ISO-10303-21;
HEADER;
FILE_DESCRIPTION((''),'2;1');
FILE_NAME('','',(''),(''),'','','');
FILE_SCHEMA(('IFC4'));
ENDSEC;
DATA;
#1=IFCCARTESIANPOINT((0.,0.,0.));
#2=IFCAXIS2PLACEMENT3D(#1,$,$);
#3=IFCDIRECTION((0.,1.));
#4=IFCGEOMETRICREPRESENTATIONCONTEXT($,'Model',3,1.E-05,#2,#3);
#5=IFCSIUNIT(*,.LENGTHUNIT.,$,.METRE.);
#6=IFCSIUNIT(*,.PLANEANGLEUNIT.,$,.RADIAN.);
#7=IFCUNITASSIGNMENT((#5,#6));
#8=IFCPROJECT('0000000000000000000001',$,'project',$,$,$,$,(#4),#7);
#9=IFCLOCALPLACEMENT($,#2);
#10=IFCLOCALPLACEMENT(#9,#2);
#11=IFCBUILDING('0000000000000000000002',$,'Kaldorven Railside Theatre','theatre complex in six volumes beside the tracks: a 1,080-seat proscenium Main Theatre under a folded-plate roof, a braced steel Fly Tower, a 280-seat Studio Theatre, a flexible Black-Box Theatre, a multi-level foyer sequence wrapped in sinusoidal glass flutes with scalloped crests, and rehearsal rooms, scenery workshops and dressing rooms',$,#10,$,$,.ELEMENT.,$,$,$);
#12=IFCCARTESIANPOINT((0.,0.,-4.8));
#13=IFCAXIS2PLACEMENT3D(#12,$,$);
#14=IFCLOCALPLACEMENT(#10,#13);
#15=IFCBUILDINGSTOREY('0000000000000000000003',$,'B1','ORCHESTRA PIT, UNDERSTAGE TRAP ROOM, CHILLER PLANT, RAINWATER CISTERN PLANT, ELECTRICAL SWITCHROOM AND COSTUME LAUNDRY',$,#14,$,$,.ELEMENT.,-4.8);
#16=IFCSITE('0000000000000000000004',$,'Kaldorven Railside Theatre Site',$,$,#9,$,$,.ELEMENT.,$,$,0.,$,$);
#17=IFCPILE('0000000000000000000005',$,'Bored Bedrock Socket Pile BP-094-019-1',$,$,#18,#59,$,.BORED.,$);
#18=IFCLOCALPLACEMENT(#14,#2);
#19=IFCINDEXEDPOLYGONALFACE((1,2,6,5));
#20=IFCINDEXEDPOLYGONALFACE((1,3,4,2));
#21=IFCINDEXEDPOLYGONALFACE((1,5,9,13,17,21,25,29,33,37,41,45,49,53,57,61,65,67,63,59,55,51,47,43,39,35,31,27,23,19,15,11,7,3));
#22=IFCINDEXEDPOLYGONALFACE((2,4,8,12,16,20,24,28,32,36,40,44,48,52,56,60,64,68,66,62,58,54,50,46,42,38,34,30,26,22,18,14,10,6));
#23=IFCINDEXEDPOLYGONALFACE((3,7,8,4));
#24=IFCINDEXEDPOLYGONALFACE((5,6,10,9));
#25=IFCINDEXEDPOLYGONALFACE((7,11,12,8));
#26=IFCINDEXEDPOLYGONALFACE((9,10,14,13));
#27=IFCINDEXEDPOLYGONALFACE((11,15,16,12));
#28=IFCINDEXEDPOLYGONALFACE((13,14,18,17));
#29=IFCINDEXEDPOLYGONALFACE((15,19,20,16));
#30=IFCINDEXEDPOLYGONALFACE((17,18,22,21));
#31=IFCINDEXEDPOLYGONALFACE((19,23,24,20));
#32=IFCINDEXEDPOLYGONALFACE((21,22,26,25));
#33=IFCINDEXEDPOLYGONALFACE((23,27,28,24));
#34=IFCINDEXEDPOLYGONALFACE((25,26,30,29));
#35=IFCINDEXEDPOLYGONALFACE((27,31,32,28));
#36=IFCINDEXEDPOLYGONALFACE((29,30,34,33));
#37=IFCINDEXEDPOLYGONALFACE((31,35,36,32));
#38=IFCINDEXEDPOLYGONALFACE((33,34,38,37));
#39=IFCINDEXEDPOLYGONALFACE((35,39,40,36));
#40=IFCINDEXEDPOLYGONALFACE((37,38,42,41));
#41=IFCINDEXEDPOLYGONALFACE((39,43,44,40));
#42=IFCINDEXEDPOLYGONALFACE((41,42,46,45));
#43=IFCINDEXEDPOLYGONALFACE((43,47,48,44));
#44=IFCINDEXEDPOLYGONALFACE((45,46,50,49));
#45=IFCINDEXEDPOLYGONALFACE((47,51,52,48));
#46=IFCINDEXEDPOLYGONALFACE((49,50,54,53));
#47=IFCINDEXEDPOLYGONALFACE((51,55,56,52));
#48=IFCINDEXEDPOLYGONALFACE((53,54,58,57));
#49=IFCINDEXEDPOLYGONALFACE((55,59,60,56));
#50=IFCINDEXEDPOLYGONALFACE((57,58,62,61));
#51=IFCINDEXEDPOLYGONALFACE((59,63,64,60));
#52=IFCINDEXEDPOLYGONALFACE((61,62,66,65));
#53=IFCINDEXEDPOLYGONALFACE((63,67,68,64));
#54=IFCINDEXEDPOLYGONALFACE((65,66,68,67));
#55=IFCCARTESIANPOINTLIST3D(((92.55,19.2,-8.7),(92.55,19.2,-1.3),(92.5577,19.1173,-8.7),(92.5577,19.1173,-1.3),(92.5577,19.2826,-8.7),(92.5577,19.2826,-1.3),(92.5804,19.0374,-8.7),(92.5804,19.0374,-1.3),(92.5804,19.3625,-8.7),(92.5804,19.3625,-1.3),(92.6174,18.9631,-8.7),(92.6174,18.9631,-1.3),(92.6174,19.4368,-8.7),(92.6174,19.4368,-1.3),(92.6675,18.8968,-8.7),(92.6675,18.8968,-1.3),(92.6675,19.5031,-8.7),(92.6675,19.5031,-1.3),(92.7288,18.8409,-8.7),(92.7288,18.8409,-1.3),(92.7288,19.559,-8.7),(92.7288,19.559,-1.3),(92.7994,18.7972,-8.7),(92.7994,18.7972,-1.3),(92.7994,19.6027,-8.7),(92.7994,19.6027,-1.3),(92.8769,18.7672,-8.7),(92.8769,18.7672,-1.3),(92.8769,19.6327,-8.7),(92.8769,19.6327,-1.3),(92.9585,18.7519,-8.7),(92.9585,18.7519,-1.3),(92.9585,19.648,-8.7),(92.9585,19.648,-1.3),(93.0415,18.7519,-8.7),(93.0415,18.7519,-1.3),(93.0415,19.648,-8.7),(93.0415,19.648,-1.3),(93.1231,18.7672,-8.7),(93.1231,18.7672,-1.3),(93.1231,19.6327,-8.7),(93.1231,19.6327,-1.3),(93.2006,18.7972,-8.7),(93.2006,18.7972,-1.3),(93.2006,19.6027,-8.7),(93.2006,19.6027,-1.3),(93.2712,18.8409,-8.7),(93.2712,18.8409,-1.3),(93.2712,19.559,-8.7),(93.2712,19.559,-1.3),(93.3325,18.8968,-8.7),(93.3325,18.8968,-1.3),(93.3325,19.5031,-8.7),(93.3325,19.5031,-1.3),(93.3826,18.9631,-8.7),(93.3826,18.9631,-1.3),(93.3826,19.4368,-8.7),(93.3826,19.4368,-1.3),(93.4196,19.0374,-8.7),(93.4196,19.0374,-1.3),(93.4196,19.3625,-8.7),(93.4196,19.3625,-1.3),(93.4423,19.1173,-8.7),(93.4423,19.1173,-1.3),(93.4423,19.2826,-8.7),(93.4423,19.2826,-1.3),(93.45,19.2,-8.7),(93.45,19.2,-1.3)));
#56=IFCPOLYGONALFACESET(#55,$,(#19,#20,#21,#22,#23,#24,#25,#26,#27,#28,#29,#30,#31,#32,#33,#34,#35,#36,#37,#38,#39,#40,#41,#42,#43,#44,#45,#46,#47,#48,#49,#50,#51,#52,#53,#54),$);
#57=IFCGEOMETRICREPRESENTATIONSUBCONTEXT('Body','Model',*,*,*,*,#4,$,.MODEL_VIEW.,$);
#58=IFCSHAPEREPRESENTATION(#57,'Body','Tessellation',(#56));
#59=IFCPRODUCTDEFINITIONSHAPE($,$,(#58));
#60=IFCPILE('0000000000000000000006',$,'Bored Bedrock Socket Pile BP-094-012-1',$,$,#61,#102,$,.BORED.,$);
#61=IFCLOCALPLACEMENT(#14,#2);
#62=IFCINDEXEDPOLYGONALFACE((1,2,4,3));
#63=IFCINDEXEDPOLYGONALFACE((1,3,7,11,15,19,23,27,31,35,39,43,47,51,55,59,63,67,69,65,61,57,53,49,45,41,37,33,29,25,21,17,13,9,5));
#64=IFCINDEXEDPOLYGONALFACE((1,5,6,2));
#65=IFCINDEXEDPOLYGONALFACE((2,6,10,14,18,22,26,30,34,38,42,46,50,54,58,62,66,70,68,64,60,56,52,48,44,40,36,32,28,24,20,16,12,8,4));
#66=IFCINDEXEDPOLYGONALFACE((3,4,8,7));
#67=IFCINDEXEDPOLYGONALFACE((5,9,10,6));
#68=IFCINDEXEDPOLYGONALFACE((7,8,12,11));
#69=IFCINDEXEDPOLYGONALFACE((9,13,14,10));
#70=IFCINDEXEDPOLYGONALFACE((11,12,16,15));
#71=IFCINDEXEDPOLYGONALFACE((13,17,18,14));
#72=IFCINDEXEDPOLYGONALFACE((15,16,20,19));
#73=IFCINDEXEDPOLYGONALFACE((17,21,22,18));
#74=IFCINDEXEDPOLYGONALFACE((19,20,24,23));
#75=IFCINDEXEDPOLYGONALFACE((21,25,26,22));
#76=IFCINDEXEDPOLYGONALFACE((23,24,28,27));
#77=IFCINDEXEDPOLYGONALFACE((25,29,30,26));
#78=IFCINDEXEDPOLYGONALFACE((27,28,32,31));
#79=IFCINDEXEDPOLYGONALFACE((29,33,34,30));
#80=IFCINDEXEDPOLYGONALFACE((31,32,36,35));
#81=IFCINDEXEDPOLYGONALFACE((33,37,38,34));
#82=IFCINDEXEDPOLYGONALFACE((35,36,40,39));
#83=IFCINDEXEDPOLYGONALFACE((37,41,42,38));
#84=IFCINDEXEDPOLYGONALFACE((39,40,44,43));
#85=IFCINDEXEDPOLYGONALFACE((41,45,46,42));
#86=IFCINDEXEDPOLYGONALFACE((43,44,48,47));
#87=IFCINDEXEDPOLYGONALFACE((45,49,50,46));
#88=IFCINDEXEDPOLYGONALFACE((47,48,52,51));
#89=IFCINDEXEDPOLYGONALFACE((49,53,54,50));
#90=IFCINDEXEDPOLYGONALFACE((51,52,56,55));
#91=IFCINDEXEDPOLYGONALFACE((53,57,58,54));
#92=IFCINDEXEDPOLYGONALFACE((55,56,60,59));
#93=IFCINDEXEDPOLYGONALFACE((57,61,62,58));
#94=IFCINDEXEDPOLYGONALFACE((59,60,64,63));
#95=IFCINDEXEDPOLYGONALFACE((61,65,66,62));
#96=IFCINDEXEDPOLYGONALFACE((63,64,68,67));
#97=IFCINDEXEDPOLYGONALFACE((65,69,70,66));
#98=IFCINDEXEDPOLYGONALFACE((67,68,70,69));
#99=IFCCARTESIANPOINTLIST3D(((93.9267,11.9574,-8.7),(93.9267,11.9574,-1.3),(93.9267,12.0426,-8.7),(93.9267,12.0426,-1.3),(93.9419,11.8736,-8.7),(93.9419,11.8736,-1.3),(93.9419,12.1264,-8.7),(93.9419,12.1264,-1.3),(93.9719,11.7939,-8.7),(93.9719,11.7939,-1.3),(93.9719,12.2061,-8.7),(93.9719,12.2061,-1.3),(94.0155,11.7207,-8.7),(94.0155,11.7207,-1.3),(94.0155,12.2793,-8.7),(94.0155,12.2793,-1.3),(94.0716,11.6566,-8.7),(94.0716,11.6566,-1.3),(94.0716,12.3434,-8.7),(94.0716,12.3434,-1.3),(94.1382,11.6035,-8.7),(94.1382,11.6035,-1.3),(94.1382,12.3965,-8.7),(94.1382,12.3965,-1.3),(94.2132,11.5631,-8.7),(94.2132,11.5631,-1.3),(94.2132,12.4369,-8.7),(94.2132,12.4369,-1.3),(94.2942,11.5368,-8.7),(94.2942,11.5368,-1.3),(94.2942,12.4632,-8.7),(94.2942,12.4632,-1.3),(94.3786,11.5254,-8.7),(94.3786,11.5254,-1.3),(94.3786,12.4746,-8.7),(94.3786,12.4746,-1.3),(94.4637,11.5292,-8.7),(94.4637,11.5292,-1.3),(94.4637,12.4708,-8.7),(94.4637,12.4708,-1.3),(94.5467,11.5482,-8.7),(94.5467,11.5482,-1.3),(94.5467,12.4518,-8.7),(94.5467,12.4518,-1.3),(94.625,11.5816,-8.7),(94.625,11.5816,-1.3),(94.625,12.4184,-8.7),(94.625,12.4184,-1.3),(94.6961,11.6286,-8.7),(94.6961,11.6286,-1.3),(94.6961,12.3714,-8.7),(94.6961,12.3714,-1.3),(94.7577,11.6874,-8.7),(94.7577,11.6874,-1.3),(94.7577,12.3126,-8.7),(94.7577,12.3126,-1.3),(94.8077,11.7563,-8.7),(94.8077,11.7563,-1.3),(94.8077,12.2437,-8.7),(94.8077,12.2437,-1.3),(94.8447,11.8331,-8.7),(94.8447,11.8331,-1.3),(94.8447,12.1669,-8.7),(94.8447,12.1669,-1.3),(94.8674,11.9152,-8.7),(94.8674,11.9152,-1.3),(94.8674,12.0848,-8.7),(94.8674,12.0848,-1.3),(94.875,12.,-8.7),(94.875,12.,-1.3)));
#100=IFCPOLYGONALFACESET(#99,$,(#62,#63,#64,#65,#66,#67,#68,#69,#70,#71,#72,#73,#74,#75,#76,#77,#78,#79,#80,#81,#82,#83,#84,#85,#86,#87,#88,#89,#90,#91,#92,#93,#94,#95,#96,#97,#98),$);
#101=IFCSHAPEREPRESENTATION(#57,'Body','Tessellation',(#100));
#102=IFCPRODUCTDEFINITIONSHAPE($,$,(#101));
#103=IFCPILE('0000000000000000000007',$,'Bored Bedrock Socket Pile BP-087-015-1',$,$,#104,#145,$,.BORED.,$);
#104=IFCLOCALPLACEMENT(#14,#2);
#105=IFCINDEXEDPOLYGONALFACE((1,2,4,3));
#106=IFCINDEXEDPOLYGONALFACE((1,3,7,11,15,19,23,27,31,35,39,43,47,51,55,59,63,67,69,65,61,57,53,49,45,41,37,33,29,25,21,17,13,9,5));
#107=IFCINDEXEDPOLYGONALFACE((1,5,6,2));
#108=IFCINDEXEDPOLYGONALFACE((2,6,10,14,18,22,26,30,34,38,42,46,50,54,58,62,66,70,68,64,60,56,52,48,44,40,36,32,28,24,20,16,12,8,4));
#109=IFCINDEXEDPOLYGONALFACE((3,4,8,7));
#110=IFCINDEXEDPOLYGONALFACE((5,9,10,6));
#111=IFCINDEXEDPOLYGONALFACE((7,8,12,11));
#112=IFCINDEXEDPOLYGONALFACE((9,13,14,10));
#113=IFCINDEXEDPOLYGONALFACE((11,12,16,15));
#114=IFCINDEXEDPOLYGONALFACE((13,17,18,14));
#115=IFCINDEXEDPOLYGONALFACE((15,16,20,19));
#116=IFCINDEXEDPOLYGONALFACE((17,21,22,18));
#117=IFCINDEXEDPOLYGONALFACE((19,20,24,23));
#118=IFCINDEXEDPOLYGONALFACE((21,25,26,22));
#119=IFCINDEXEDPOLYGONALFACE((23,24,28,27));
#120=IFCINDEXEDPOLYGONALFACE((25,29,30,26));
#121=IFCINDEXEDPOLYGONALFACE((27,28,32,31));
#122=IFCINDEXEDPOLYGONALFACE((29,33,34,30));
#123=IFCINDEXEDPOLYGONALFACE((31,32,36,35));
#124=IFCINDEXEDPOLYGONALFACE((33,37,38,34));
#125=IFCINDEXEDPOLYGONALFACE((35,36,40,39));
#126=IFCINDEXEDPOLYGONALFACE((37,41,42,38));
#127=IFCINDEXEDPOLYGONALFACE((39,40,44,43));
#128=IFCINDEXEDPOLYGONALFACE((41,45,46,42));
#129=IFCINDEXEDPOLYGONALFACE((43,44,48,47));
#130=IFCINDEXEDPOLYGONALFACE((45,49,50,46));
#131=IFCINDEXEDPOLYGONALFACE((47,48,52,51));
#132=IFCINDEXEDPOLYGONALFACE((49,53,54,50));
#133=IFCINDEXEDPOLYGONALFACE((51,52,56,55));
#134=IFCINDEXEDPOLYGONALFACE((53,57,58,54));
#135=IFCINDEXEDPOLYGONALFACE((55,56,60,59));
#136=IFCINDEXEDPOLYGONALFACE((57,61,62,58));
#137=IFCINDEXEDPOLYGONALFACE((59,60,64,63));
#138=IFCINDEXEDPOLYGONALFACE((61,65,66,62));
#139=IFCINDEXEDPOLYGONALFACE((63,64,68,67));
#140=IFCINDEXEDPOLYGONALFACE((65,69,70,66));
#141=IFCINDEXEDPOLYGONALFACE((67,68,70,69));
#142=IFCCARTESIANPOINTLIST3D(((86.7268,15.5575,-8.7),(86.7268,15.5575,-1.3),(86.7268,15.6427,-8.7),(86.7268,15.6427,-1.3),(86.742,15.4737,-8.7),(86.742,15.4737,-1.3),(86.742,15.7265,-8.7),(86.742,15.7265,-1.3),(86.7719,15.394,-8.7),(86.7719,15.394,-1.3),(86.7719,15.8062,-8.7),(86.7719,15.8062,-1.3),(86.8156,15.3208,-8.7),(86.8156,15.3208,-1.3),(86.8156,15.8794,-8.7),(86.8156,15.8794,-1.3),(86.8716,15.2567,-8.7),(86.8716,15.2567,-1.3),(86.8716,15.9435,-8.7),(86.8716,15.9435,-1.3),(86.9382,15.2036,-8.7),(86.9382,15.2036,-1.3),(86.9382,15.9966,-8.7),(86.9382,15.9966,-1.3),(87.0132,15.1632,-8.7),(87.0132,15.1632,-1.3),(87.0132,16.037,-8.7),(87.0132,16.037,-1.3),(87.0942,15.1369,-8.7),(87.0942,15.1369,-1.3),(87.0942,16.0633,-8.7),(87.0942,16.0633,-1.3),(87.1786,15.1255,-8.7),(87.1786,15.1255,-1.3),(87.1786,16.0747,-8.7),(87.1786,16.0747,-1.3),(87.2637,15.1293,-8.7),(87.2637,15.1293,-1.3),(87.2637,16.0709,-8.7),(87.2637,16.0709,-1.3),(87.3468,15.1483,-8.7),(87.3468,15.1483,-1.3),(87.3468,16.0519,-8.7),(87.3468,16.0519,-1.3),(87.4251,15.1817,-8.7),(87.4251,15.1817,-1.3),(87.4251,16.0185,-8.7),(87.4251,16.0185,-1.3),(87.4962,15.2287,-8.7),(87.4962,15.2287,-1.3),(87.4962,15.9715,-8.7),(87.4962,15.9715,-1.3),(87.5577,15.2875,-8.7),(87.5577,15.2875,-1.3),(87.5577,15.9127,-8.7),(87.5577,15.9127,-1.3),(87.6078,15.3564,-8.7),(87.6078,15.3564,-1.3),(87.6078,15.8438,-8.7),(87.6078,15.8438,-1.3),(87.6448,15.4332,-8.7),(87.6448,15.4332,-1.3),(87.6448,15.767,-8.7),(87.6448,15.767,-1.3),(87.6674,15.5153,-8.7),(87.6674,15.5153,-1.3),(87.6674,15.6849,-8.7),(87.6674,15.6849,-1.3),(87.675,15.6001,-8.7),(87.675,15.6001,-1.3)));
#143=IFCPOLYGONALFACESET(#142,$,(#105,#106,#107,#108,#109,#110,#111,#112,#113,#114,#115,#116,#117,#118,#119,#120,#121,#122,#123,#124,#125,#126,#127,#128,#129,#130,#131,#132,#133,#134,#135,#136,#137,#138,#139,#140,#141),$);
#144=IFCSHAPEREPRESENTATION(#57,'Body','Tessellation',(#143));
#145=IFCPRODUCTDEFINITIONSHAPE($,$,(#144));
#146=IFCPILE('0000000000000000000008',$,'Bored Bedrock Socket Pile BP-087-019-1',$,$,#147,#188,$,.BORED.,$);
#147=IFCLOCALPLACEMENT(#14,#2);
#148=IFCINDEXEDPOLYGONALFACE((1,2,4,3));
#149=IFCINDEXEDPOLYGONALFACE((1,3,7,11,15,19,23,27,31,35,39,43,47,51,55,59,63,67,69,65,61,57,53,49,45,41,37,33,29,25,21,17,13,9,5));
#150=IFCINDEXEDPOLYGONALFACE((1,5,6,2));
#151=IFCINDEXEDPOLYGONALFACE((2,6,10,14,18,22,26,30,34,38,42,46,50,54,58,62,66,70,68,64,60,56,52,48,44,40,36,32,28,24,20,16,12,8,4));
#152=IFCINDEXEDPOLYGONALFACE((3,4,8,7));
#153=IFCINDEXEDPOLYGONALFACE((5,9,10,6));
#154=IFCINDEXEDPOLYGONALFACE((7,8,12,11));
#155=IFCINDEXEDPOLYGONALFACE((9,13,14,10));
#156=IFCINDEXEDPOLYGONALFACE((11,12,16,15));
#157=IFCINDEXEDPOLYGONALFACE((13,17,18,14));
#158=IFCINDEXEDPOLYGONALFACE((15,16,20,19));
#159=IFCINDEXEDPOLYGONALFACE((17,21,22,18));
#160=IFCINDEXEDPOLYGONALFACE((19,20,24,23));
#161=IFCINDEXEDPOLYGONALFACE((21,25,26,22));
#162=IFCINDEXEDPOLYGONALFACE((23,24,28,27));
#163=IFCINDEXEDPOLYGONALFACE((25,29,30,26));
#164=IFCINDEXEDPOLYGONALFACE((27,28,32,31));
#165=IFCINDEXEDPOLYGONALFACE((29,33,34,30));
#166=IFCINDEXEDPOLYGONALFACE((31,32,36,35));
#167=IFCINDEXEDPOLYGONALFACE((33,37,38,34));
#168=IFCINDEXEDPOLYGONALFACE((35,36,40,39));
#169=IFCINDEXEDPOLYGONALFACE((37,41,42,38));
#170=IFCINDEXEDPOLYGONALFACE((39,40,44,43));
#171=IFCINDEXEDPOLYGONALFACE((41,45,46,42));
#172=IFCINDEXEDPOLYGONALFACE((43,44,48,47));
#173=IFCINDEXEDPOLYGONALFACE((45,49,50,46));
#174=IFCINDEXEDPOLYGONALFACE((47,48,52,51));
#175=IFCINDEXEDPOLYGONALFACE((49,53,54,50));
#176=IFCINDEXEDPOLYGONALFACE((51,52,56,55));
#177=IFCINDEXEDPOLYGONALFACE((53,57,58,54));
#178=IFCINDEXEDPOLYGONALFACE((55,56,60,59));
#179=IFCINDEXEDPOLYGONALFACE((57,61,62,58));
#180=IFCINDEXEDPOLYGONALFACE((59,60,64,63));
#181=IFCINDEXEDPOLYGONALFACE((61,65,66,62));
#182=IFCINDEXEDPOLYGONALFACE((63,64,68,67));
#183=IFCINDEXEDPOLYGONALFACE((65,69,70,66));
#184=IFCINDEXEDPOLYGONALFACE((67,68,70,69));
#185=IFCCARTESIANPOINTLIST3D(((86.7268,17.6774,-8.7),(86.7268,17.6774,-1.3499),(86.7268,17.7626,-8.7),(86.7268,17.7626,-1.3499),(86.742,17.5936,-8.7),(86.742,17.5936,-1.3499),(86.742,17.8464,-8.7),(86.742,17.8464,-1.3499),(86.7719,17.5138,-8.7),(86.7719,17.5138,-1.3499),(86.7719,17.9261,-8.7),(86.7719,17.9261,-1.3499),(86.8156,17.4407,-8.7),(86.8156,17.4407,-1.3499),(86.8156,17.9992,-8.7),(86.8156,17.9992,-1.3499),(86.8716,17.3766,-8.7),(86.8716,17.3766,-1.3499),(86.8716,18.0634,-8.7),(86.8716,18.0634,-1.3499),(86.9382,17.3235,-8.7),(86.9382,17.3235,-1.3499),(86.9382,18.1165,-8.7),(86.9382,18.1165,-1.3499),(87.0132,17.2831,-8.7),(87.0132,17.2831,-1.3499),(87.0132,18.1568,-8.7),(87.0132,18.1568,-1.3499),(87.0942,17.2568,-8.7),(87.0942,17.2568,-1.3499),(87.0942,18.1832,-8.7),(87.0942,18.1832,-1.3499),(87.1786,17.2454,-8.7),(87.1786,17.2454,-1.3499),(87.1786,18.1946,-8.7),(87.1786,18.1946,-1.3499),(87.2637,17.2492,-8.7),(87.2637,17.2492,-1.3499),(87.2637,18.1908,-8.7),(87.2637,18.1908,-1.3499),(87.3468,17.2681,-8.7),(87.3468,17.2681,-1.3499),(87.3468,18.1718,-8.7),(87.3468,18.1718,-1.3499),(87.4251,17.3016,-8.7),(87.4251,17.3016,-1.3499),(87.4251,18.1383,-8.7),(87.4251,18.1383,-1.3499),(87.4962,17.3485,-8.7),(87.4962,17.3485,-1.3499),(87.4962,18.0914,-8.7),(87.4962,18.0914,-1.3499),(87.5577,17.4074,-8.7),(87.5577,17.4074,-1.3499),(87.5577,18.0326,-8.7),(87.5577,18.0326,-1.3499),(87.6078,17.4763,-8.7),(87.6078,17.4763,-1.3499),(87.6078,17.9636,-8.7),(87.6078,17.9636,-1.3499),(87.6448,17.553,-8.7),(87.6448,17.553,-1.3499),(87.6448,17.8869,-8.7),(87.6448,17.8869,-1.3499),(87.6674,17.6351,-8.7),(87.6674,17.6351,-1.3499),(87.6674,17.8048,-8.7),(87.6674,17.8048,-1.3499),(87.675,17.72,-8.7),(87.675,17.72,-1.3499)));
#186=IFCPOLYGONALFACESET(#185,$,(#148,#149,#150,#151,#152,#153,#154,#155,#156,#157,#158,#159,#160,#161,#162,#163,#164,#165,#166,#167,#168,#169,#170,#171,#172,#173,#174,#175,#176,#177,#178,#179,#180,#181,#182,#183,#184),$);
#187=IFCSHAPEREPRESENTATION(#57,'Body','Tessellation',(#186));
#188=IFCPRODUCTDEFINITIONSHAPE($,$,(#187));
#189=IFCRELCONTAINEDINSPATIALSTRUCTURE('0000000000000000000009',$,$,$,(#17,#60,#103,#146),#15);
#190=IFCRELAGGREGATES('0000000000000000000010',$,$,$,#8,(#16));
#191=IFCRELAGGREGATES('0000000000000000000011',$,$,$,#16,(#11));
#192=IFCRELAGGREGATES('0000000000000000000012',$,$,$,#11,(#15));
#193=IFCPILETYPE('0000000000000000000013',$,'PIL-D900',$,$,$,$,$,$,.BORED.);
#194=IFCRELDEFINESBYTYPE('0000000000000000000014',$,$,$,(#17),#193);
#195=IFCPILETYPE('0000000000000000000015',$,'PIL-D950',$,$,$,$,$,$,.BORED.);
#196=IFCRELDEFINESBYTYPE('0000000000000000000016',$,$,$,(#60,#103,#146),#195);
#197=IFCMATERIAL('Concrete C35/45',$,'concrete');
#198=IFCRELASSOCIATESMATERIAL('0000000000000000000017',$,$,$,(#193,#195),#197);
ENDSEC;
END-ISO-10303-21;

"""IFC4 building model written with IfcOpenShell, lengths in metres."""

from ifc_helpers import new_model, si_unit, direction, frame, origin, origin_2d, place, context, subcontext, project, spatial, circle, extrude, material, material_profile, profile_set, type_object, element, save


model = new_model("IFC4")

# Units and contexts
model_context = context("Model", 3, precision=1e-05, world=origin(), true_north=direction((0.0, 1.0)))
body_context = subcontext(model_context, "Body", "Model", "MODEL_VIEW")
ifc_project = project(units=[si_unit("LENGTHUNIT", "METRE"), si_unit("PLANEANGLEUNIT", "RADIAN")], contexts=[model_context])

# Site, building, storey
site_placement = place(None, origin())
site = spatial("IfcSite", under=ifc_project, at=site_placement, Name="Kaldorven Railside Theatre Site", CompositionType="ELEMENT", RefElevation=0.0)
building_placement = place(site_placement, origin())
building = spatial("IfcBuilding", under=site, at=building_placement, Name="Kaldorven Railside Theatre", Description="theatre complex in six volumes beside the tracks: a 1,080-seat proscenium Main Theatre under a folded-plate roof, a braced steel Fly Tower, a 280-seat Studio Theatre, a flexible Black-Box Theatre, a multi-level foyer sequence wrapped in sinusoidal glass flutes with scalloped crests, and rehearsal rooms, scenery workshops and dressing rooms", CompositionType="ELEMENT")
storey_placement = place(building_placement, frame((0.0, 0.0, -4.8)))
storey = spatial("IfcBuildingStorey", under=building, at=storey_placement, Name="B1", Description="ORCHESTRA PIT, UNDERSTAGE TRAP ROOM, CHILLER PLANT, RAINWATER CISTERN PLANT, ELECTRICAL SWITCHROOM AND COSTUME LAUNDRY", CompositionType="ELEMENT", Elevation=-4.8)

# Piles
ifc_material_1 = material(Name="Concrete C35/45", Category="concrete")
ifc_material_profile_1 = material_profile(ifc_material_1, circle(Radius=0.45, at=origin_2d()), Name="BP D900")
ifc_profile_set_1 = profile_set([ifc_material_profile_1], Name="Concrete C35/45")
pile_type_1 = type_object("IfcPileType", Name="PIL-D900", PredefinedType="BORED", material=ifc_profile_set_1)
pile_1_placement = place(storey_placement, frame((93.0, 19.2, -1.3), z_axis=(0.0, 0.0, -1.0), x_axis=(1.0, 0.0, 0.0)))
element("IfcPile", 1, at=pile_1_placement, inside=storey, type_object=pile_type_1, Name="Bored Bedrock Socket Pile BP-094-019-1", PredefinedType="BORED", context=body_context, shape_type="SweptSolid", body=[
    extrude(circle(Radius=0.45, at=origin_2d()), origin(), (0.0, 0.0, 1.0), 7.3999),
])
ifc_material_profile_2 = material_profile(ifc_material_1, circle(Radius=0.4751, at=origin_2d()), Name="BP D950")
ifc_profile_set_2 = profile_set([ifc_material_profile_2], Name="Concrete C35/45")
pile_type_2 = type_object("IfcPileType", Name="PIL-D950", PredefinedType="BORED", material=ifc_profile_set_2)
for number, where, z_axis, x_axis, name in (
    (2, (94.3999, 12.0, -1.3), (0.0, 0.0, -1.0), (1.0, 0.0, 0.0), "Bored Bedrock Socket Pile BP-094-012-1"),
    (3, (87.2, 15.6001, -1.3), (0.0, 0.0, -1.0), (1.0, 0.0, 0.0), "Bored Bedrock Socket Pile BP-087-015-1"),
):
    element("IfcPile", number, at=place(storey_placement, frame(where, z_axis=z_axis, x_axis=x_axis)), inside=storey, type_object=pile_type_2, Name=name, PredefinedType="BORED", context=body_context, shape_type="SweptSolid", body=[
        extrude(circle(Radius=0.4751, at=origin_2d()), origin(), (0.0, 0.0, 1.0), 7.3999),
    ])
for number, where, z_axis, x_axis, name in (
    (4, (87.2, 17.72, -1.3499), (0.0, 0.0, -1.0), (1.0, 0.0, 0.0), "Bored Bedrock Socket Pile BP-087-019-1"),
):
    element("IfcPile", number, at=place(storey_placement, frame(where, z_axis=z_axis, x_axis=x_axis)), inside=storey, type_object=pile_type_2, Name=name, PredefinedType="BORED", context=body_context, shape_type="SweptSolid", body=[
        extrude(circle(Radius=0.4751, at=origin_2d()), origin(), (0.0, 0.0, 1.0), 7.3501),
    ])

save(model, "model.ifc")
